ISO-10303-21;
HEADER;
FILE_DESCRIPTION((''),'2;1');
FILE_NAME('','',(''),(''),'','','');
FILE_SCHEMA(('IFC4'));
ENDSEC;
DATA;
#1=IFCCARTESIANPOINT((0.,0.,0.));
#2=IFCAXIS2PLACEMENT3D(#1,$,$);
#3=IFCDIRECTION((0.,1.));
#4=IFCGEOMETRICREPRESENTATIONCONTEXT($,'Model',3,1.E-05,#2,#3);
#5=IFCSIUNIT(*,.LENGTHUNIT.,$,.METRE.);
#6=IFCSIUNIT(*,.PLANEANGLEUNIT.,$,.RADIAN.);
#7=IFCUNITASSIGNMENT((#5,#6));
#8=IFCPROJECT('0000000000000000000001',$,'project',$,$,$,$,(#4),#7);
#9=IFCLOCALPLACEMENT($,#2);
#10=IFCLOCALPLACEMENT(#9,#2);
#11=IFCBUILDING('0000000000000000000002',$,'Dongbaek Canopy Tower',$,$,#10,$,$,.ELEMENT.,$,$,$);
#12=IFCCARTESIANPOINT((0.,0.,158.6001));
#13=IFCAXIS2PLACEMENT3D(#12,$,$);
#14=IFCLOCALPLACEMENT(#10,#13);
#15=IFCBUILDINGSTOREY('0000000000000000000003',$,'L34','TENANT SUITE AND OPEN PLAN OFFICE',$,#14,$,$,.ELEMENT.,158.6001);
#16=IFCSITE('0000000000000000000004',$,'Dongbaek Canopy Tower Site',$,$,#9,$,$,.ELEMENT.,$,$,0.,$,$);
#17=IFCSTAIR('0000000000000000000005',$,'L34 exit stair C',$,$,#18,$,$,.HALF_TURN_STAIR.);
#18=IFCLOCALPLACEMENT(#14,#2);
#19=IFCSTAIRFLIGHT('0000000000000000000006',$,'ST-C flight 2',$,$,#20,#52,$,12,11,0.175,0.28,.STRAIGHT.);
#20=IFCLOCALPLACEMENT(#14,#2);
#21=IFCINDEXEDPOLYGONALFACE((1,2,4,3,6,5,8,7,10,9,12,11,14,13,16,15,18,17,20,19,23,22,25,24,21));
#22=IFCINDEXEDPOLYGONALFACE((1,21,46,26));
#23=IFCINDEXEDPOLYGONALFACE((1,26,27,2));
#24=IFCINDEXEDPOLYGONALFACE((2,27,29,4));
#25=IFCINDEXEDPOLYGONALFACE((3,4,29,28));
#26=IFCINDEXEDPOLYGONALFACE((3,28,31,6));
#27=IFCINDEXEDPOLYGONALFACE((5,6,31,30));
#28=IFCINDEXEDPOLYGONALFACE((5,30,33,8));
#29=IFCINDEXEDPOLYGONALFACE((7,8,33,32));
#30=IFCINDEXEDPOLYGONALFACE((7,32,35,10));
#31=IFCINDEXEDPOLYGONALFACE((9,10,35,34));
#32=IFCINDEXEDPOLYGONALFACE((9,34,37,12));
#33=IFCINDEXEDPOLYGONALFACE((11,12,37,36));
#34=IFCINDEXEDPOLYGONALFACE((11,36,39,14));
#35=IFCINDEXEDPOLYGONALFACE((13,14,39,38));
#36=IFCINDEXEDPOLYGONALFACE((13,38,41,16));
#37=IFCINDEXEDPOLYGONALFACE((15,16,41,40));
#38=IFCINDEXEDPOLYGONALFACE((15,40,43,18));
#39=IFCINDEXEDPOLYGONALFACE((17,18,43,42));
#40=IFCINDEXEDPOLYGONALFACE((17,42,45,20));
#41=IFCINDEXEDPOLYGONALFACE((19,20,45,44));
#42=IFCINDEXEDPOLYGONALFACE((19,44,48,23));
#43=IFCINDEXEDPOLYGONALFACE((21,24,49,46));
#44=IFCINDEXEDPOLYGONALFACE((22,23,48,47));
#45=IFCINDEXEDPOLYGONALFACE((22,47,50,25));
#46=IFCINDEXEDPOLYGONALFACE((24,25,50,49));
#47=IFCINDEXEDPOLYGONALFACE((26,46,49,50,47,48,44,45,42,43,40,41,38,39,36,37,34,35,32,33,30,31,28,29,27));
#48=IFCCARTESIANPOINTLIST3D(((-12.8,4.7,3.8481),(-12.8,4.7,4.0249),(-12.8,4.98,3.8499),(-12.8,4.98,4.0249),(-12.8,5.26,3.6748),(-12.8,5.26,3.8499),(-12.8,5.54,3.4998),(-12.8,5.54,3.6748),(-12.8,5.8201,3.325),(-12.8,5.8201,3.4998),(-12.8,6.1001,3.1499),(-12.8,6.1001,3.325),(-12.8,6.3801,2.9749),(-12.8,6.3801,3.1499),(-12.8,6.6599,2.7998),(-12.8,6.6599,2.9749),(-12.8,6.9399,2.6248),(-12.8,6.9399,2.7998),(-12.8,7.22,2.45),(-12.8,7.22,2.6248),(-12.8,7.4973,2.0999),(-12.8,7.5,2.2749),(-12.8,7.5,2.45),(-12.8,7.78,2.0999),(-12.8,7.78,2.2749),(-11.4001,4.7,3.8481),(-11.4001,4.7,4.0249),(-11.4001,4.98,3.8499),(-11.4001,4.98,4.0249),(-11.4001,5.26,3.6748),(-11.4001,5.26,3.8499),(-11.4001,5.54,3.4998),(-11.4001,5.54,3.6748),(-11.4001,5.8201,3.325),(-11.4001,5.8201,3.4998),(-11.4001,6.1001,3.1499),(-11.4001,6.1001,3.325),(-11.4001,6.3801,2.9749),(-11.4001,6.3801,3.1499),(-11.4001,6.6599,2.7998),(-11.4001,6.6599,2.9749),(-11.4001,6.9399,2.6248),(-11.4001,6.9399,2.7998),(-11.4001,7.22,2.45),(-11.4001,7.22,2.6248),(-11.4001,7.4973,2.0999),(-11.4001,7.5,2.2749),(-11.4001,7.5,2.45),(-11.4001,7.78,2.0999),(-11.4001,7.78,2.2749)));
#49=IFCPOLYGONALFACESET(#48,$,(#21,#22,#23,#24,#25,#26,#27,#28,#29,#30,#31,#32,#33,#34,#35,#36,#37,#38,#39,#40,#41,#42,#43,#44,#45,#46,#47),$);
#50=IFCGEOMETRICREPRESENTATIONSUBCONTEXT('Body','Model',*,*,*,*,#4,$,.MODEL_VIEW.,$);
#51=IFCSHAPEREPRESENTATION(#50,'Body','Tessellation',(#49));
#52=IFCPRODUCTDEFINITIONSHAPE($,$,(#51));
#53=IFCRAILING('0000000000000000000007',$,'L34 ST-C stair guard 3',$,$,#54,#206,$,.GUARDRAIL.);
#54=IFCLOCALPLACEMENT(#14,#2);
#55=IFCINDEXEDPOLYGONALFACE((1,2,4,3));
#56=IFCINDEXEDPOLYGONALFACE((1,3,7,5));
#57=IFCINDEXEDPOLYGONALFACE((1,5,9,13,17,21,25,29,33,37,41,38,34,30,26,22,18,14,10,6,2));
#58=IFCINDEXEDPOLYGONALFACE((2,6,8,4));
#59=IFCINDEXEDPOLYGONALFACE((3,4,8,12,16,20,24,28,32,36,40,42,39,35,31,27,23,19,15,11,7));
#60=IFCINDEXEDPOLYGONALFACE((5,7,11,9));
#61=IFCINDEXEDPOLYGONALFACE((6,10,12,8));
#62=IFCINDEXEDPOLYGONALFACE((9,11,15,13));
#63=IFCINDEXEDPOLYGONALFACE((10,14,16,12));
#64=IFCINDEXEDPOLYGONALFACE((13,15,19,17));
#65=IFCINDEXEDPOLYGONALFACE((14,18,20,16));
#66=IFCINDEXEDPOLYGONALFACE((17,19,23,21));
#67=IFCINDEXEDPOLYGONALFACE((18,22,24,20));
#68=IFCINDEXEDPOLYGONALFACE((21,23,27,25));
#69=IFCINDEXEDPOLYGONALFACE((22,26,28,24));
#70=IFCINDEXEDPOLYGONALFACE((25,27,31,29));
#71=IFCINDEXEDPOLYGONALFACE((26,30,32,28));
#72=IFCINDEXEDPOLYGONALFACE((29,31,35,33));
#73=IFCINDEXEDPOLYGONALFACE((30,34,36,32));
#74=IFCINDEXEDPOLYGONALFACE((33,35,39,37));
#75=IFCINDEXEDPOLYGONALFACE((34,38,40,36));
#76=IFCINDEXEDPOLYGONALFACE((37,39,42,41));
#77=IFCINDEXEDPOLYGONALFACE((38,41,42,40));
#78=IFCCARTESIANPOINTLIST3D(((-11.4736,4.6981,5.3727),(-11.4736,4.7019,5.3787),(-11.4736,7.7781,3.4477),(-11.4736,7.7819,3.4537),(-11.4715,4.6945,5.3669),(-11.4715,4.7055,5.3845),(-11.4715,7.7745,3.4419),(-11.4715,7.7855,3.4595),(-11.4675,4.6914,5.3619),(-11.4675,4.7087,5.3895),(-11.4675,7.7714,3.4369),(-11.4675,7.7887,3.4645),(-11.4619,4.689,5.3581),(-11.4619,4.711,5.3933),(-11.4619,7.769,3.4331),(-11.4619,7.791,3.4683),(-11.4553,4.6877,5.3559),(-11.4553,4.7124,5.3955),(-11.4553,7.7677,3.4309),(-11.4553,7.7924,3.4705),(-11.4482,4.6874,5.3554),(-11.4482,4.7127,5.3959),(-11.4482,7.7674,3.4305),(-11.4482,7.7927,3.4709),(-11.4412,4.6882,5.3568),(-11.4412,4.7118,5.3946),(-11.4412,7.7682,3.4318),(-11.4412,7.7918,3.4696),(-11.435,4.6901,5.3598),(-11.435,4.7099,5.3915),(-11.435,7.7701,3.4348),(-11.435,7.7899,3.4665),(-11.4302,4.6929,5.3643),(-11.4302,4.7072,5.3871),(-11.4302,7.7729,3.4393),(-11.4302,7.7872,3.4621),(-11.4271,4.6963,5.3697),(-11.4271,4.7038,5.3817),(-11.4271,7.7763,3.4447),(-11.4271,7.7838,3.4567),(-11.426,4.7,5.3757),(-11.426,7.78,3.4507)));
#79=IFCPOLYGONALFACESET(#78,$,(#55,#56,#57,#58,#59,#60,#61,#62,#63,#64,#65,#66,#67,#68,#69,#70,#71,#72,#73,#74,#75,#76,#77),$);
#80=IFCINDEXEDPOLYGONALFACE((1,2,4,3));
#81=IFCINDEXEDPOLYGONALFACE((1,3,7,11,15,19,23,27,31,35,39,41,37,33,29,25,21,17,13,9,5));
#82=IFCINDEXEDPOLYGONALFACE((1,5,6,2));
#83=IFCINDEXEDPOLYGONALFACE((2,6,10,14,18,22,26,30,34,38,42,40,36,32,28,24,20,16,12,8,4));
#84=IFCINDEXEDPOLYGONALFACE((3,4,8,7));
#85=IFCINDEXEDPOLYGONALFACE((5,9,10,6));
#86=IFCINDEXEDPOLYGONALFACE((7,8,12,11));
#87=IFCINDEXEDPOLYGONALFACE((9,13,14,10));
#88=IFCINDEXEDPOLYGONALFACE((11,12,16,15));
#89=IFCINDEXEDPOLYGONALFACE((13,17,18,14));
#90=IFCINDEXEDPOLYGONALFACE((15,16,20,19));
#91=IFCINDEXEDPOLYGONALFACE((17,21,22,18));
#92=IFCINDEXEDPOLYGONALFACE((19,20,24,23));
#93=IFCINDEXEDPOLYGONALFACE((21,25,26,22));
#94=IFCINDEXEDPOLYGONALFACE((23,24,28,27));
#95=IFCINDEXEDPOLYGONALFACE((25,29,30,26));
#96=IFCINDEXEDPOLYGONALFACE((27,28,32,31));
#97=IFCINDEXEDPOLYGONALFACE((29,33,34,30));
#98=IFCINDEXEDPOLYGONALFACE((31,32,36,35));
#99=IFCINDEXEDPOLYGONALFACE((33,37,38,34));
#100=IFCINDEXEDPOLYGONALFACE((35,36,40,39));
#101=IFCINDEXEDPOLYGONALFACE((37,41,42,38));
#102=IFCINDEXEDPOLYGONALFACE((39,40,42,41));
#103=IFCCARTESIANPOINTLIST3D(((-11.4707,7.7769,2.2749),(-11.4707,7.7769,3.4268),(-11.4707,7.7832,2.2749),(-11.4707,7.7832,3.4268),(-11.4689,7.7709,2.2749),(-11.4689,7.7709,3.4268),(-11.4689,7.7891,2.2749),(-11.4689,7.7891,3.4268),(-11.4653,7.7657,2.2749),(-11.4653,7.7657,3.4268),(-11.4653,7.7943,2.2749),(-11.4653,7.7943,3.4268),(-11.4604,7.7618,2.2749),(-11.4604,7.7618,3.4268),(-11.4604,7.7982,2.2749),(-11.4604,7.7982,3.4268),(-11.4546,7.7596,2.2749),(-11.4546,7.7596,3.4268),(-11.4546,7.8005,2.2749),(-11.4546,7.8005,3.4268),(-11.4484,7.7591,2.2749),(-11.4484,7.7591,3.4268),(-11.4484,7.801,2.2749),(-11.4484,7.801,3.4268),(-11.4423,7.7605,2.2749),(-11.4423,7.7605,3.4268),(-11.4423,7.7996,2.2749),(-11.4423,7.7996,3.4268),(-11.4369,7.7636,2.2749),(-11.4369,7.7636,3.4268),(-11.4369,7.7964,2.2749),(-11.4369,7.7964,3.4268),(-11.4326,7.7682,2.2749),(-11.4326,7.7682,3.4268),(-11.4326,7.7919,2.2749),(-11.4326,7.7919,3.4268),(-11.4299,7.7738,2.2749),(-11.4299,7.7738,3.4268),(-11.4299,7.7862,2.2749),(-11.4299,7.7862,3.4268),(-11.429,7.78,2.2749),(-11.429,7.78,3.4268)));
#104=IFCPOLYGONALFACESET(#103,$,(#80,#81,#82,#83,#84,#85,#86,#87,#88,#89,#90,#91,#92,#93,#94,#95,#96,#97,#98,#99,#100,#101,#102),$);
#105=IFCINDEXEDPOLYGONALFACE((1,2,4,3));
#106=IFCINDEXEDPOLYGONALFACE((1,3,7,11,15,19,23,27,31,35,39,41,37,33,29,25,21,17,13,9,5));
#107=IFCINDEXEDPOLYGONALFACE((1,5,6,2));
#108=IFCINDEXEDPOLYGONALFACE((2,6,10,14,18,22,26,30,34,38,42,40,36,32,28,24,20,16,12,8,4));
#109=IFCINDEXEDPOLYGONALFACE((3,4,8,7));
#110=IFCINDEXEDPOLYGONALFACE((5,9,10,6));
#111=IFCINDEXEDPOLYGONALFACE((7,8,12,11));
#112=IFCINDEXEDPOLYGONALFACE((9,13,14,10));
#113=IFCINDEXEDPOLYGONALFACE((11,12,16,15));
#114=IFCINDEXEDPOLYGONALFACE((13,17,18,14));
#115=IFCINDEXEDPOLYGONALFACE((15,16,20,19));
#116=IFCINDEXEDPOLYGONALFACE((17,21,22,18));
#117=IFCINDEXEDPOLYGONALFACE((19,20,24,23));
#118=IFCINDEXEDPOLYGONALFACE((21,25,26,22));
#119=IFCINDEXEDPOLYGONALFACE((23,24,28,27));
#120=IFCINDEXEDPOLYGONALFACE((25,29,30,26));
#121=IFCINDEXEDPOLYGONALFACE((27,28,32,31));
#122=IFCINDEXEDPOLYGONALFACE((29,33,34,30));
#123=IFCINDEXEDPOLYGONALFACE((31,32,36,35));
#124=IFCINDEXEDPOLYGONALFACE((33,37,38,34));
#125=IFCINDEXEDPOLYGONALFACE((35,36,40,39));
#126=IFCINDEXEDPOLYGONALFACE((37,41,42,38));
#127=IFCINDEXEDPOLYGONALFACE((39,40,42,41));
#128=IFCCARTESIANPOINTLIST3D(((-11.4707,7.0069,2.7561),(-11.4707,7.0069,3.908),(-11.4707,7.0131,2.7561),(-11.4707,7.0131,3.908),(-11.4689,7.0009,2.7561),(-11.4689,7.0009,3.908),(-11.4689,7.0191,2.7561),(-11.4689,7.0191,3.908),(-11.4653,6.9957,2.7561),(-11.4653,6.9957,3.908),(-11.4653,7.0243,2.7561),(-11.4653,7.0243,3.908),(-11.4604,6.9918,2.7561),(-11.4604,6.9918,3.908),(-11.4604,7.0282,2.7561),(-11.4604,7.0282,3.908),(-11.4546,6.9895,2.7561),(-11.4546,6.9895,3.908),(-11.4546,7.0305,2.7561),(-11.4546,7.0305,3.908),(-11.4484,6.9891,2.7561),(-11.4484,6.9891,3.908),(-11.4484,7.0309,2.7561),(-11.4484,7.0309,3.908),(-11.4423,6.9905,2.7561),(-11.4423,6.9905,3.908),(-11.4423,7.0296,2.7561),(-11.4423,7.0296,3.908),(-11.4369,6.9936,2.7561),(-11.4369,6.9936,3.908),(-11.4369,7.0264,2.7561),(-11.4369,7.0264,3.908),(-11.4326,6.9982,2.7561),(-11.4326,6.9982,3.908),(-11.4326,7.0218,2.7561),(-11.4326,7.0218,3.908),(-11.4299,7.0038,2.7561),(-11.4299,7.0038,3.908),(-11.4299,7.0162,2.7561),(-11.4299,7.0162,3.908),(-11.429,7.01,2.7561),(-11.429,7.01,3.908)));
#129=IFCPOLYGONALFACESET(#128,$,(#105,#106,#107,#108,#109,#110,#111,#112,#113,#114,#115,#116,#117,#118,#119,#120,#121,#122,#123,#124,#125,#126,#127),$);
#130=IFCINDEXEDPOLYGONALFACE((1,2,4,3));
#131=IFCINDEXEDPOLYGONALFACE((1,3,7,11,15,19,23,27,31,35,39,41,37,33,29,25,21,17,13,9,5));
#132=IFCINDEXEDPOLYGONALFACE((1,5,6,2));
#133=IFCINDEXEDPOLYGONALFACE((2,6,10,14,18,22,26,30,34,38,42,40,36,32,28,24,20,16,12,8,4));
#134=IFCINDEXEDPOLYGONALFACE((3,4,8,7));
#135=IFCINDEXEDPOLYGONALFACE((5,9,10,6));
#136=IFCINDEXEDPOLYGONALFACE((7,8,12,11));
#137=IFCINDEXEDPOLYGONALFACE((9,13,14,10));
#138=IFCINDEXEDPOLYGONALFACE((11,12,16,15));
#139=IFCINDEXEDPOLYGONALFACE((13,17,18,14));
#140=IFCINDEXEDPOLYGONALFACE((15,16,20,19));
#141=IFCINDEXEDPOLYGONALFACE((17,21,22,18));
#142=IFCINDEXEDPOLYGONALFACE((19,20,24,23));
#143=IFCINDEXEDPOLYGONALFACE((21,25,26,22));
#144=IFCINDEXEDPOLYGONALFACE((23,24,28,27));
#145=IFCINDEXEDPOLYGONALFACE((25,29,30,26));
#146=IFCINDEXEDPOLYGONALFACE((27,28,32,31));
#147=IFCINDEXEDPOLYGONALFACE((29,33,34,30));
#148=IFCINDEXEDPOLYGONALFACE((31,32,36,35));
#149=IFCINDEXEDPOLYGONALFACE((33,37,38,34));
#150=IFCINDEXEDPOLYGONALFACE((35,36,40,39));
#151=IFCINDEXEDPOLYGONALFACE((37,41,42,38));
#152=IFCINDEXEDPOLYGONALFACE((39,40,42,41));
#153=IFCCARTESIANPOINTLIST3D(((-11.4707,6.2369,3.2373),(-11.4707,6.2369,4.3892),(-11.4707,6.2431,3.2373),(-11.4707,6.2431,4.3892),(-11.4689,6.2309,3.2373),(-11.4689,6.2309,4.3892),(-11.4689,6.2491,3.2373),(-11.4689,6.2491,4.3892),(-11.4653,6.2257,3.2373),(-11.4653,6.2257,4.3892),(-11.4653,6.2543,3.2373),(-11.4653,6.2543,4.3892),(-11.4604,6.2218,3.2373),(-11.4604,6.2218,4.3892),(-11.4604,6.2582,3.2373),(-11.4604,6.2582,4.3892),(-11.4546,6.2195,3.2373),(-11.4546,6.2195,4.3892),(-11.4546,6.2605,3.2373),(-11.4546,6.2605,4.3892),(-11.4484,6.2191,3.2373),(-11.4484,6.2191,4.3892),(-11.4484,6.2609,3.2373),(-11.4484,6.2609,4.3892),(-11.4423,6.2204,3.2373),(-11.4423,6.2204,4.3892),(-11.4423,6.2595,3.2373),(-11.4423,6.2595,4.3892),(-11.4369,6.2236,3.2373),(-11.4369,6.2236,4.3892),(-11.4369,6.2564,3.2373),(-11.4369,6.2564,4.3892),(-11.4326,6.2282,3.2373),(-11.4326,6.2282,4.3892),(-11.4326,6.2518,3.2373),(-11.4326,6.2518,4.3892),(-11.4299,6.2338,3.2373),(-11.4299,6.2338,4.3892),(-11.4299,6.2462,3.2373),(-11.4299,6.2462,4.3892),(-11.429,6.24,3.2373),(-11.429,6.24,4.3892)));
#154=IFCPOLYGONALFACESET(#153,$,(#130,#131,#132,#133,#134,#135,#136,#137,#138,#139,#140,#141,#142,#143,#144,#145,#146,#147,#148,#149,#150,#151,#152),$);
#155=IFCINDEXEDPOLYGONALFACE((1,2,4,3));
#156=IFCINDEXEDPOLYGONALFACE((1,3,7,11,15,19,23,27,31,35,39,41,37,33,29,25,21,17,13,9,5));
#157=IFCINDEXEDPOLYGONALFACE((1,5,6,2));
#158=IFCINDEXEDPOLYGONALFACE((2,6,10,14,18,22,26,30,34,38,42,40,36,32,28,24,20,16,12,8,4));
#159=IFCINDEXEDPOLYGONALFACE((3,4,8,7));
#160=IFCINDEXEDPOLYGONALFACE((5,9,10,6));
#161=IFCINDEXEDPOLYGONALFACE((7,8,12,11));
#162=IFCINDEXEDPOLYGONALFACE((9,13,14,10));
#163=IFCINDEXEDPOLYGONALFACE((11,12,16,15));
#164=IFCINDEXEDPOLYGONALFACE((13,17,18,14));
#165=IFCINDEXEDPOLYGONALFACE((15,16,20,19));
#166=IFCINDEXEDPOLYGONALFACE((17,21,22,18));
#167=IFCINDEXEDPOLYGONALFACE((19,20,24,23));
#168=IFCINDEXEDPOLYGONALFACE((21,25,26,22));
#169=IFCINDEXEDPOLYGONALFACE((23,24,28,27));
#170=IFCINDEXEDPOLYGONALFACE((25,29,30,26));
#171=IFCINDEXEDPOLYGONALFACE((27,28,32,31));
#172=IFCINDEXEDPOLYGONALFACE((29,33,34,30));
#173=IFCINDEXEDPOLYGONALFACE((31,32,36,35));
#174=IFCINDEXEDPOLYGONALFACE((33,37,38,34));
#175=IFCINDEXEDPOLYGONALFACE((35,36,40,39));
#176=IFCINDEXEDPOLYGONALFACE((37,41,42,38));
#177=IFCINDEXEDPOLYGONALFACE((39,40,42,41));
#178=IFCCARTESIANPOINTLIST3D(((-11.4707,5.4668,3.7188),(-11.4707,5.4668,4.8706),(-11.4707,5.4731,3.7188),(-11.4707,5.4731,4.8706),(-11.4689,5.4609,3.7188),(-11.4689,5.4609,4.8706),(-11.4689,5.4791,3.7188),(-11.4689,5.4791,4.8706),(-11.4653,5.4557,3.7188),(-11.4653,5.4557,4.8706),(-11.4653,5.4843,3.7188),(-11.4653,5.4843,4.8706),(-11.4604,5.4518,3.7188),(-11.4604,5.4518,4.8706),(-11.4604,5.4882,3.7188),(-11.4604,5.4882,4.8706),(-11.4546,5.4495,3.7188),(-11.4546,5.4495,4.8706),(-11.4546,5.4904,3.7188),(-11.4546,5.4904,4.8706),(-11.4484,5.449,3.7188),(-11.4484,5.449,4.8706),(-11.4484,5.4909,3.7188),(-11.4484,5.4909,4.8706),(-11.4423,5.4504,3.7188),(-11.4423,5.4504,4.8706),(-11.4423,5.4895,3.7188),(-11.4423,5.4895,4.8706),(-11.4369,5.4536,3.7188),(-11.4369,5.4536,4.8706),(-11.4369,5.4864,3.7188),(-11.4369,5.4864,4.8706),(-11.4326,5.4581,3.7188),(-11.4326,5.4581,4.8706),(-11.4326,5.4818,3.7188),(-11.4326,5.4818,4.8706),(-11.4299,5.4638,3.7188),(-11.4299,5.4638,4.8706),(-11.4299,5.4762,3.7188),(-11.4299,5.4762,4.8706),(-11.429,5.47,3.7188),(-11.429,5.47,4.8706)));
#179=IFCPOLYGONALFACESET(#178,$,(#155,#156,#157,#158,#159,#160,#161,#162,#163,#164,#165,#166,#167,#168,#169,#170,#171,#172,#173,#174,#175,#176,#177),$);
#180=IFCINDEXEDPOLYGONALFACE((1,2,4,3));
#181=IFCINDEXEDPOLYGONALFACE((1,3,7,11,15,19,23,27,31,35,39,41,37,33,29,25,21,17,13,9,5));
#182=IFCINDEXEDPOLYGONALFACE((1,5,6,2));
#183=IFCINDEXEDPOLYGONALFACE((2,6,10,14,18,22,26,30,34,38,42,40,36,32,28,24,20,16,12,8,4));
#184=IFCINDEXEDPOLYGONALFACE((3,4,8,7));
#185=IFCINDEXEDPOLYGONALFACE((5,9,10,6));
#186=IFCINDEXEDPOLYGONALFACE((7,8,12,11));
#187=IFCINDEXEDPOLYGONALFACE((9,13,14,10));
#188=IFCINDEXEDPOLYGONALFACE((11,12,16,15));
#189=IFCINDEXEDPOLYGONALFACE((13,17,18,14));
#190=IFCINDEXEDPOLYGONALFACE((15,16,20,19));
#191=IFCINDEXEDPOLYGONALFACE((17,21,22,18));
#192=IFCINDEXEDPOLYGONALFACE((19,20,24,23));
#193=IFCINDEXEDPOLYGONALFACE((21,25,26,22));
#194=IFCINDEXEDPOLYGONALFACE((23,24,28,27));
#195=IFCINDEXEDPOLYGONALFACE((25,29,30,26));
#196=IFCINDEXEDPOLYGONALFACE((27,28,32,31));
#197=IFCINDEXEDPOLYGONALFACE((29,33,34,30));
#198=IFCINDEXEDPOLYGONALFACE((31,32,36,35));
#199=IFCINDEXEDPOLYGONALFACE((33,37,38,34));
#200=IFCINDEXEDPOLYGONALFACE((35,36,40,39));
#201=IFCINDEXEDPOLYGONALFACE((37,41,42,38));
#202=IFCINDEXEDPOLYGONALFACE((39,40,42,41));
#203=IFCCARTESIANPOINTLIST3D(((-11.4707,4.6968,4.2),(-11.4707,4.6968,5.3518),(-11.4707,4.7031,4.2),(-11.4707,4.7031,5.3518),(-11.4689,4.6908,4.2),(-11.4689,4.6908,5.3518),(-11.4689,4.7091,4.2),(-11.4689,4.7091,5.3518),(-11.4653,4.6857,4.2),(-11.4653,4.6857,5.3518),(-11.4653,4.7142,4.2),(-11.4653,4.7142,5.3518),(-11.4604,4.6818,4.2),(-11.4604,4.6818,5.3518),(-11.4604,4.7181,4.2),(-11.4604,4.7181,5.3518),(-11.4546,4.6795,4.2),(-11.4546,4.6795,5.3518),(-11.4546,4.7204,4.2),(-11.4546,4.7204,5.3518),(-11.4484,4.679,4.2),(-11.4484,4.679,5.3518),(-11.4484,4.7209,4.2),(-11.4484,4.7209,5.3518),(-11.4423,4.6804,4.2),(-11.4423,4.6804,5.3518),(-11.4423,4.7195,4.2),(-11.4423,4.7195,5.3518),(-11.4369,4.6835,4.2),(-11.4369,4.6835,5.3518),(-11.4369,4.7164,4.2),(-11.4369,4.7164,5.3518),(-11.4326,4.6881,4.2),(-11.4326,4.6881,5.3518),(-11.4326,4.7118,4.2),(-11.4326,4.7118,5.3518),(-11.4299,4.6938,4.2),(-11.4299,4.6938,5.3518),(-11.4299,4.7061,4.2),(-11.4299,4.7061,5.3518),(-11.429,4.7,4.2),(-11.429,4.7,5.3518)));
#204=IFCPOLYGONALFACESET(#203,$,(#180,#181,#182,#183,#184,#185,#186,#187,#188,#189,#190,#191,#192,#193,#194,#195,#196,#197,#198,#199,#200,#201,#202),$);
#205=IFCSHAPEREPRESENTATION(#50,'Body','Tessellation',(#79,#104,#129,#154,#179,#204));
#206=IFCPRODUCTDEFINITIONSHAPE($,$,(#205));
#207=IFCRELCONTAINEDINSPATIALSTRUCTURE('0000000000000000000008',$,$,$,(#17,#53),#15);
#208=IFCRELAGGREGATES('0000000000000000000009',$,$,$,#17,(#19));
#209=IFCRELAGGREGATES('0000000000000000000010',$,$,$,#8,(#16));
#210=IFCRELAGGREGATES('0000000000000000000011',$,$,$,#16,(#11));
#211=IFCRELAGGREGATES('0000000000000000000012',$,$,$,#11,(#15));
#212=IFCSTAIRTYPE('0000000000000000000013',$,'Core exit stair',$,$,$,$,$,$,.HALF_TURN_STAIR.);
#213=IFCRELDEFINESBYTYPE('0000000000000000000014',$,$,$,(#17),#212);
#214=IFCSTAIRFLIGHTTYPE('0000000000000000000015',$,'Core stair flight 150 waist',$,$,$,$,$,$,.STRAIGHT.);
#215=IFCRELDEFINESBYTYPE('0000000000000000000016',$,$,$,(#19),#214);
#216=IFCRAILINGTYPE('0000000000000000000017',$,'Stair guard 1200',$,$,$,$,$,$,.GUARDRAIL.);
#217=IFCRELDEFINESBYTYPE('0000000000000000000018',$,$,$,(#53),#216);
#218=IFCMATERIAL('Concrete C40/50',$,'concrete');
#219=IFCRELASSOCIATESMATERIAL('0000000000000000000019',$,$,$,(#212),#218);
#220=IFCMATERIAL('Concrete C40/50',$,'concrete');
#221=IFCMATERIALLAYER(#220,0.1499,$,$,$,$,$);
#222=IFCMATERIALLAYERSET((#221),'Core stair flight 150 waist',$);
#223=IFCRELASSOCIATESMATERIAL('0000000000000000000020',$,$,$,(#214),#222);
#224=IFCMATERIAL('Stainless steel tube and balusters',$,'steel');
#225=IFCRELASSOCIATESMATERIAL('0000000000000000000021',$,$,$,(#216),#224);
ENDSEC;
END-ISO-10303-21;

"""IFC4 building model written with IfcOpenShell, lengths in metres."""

from ifc_helpers import new_model, si_unit, direction, frame, origin, origin_2d, place, context, subcontext, project, spatial, polyline, circle, outline, extrude, material, layer, layer_set, type_object, element, aggregate, save


model = new_model("IFC4")

# Units and contexts
model_context = context("Model", 3, precision=1e-05, world=origin(), true_north=direction((0.0, 1.0)))
body_context = subcontext(model_context, "Body", "Model", "MODEL_VIEW")
ifc_project = project(units=[si_unit("LENGTHUNIT", "METRE"), si_unit("PLANEANGLEUNIT", "RADIAN")], contexts=[model_context])

# Site, building, storey
site_placement = place(None, origin())
site = spatial("IfcSite", under=ifc_project, at=site_placement, Name="Dongbaek Canopy Tower Site", CompositionType="ELEMENT", RefElevation=0.0)
building_placement = place(site_placement, origin())
building = spatial("IfcBuilding", under=site, at=building_placement, Name="Dongbaek Canopy Tower", CompositionType="ELEMENT")
storey_placement = place(building_placement, frame((0.0, 0.0, 158.6001)))
storey = spatial("IfcBuildingStorey", under=building, at=storey_placement, Name="L34", Description="TENANT SUITE AND OPEN PLAN OFFICE", CompositionType="ELEMENT", Elevation=158.6001)

# Stair, stair flight
ifc_material_1 = material(Name="Concrete C40/50", Category="concrete")
stair_type = type_object("IfcStairType", Name="Core exit stair", PredefinedType="HALF_TURN_STAIR", material=ifc_material_1)
stair_placement = place(storey_placement, origin())
stair = element("IfcStair", 1, at=stair_placement, inside=storey, type_object=stair_type, Name="L34 exit stair C", PredefinedType="HALF_TURN_STAIR")
ifc_material_2 = material(Name="Concrete C40/50", Category="concrete")
ifc_layer_1 = layer(ifc_material_2, 0.1499)
ifc_layer_set_1 = layer_set([ifc_layer_1], Name="Core stair flight 150 waist")
stair_flight_type = type_object("IfcStairFlightType", Name="Core stair flight 150 waist", PredefinedType="STRAIGHT", material=ifc_layer_set_1)
stair_flight_placement = place(storey_placement, frame((-12.1001, 7.78, 2.0999), z_axis=(0.0, 0.0, 1.0), x_axis=(0.0, -1.0, 0.0)))
stair_flight = element("IfcStairFlight", 2, at=stair_flight_placement, type_object=stair_flight_type, Name="ST-C flight 2", NumberOfRisers=12, NumberOfTreads=11, PredefinedType="STRAIGHT", RiserHeight=0.175, TreadLength=0.28, context=body_context, shape_type="SweptSolid", body=[
    extrude(outline(polyline([(0.0, 0.0), (0.0, 0.175), (0.28, 0.175), (0.28, 0.3501), (0.5601, 0.3501), (0.5601, 0.5249), (0.8401, 0.5249), (0.8401, 0.7), (1.1201, 0.7), (1.1201, 0.875), (1.3999, 0.875), (1.3999, 1.05), (1.6799, 1.05), (1.6799, 1.2251), (1.96, 1.2251), (1.96, 1.3999), (2.24, 1.3999), (2.24, 1.575), (2.52, 1.575), (2.52, 1.75), (2.8, 1.75), (2.8, 1.925), (3.0801, 1.925), (3.0801, 2.1001), (3.0801, 1.7483), (0.2827, 0.0), (0.0, 0.0)])), frame((0.0, 0.7, 0.0), z_axis=(0.0, -1.0, 0.0), x_axis=(1.0, 0.0, 0.0)), (0.0, 0.0, 1.0), 1.3999),
])
aggregate(stair, [stair_flight])

# Railing
ifc_material_3 = material(Name="Stainless steel tube and balusters", Category="steel")
railing_type_1 = type_object("IfcRailingType", Name="Stair guard 1200", PredefinedType="GUARDRAIL", material=ifc_material_3)
railing_1_placement = place(storey_placement, frame((-11.45, 7.78, 2.2749)))
element("IfcRailing", 3, at=railing_1_placement, inside=storey, type_object=railing_type_1, Name="L34 ST-C stair guard 3", PredefinedType="GUARDRAIL", context=body_context, shape_type="SweptSolid", body=[
    extrude(circle(Radius=0.0239, at=origin_2d()), frame((0.0, 0.0, 1.1758), z_axis=(0.0, -0.847998, 0.529999), x_axis=(1.0, 0.0, 0.0)), (0.0, 0.0, 1.0), 3.6321),
    extrude(circle(Radius=0.021, at=origin_2d()), origin(), (0.0, 0.0, 1.0), 1.1519),
    extrude(circle(Radius=0.021, at=origin_2d()), frame((0.0, -0.77, 0.4812)), (0.0, 0.0, 1.0), 1.1519),
    extrude(circle(Radius=0.021, at=origin_2d()), frame((0.0, -1.54, 0.9624)), (0.0, 0.0, 1.0), 1.1519),
    extrude(circle(Radius=0.021, at=origin_2d()), frame((0.0, -2.3101, 1.4438)), (0.0, 0.0, 1.0), 1.1519),
    extrude(circle(Radius=0.021, at=origin_2d()), frame((0.0, -3.0801, 1.925)), (0.0, 0.0, 1.0), 1.1519),
])

save(model, "model.ifc")
